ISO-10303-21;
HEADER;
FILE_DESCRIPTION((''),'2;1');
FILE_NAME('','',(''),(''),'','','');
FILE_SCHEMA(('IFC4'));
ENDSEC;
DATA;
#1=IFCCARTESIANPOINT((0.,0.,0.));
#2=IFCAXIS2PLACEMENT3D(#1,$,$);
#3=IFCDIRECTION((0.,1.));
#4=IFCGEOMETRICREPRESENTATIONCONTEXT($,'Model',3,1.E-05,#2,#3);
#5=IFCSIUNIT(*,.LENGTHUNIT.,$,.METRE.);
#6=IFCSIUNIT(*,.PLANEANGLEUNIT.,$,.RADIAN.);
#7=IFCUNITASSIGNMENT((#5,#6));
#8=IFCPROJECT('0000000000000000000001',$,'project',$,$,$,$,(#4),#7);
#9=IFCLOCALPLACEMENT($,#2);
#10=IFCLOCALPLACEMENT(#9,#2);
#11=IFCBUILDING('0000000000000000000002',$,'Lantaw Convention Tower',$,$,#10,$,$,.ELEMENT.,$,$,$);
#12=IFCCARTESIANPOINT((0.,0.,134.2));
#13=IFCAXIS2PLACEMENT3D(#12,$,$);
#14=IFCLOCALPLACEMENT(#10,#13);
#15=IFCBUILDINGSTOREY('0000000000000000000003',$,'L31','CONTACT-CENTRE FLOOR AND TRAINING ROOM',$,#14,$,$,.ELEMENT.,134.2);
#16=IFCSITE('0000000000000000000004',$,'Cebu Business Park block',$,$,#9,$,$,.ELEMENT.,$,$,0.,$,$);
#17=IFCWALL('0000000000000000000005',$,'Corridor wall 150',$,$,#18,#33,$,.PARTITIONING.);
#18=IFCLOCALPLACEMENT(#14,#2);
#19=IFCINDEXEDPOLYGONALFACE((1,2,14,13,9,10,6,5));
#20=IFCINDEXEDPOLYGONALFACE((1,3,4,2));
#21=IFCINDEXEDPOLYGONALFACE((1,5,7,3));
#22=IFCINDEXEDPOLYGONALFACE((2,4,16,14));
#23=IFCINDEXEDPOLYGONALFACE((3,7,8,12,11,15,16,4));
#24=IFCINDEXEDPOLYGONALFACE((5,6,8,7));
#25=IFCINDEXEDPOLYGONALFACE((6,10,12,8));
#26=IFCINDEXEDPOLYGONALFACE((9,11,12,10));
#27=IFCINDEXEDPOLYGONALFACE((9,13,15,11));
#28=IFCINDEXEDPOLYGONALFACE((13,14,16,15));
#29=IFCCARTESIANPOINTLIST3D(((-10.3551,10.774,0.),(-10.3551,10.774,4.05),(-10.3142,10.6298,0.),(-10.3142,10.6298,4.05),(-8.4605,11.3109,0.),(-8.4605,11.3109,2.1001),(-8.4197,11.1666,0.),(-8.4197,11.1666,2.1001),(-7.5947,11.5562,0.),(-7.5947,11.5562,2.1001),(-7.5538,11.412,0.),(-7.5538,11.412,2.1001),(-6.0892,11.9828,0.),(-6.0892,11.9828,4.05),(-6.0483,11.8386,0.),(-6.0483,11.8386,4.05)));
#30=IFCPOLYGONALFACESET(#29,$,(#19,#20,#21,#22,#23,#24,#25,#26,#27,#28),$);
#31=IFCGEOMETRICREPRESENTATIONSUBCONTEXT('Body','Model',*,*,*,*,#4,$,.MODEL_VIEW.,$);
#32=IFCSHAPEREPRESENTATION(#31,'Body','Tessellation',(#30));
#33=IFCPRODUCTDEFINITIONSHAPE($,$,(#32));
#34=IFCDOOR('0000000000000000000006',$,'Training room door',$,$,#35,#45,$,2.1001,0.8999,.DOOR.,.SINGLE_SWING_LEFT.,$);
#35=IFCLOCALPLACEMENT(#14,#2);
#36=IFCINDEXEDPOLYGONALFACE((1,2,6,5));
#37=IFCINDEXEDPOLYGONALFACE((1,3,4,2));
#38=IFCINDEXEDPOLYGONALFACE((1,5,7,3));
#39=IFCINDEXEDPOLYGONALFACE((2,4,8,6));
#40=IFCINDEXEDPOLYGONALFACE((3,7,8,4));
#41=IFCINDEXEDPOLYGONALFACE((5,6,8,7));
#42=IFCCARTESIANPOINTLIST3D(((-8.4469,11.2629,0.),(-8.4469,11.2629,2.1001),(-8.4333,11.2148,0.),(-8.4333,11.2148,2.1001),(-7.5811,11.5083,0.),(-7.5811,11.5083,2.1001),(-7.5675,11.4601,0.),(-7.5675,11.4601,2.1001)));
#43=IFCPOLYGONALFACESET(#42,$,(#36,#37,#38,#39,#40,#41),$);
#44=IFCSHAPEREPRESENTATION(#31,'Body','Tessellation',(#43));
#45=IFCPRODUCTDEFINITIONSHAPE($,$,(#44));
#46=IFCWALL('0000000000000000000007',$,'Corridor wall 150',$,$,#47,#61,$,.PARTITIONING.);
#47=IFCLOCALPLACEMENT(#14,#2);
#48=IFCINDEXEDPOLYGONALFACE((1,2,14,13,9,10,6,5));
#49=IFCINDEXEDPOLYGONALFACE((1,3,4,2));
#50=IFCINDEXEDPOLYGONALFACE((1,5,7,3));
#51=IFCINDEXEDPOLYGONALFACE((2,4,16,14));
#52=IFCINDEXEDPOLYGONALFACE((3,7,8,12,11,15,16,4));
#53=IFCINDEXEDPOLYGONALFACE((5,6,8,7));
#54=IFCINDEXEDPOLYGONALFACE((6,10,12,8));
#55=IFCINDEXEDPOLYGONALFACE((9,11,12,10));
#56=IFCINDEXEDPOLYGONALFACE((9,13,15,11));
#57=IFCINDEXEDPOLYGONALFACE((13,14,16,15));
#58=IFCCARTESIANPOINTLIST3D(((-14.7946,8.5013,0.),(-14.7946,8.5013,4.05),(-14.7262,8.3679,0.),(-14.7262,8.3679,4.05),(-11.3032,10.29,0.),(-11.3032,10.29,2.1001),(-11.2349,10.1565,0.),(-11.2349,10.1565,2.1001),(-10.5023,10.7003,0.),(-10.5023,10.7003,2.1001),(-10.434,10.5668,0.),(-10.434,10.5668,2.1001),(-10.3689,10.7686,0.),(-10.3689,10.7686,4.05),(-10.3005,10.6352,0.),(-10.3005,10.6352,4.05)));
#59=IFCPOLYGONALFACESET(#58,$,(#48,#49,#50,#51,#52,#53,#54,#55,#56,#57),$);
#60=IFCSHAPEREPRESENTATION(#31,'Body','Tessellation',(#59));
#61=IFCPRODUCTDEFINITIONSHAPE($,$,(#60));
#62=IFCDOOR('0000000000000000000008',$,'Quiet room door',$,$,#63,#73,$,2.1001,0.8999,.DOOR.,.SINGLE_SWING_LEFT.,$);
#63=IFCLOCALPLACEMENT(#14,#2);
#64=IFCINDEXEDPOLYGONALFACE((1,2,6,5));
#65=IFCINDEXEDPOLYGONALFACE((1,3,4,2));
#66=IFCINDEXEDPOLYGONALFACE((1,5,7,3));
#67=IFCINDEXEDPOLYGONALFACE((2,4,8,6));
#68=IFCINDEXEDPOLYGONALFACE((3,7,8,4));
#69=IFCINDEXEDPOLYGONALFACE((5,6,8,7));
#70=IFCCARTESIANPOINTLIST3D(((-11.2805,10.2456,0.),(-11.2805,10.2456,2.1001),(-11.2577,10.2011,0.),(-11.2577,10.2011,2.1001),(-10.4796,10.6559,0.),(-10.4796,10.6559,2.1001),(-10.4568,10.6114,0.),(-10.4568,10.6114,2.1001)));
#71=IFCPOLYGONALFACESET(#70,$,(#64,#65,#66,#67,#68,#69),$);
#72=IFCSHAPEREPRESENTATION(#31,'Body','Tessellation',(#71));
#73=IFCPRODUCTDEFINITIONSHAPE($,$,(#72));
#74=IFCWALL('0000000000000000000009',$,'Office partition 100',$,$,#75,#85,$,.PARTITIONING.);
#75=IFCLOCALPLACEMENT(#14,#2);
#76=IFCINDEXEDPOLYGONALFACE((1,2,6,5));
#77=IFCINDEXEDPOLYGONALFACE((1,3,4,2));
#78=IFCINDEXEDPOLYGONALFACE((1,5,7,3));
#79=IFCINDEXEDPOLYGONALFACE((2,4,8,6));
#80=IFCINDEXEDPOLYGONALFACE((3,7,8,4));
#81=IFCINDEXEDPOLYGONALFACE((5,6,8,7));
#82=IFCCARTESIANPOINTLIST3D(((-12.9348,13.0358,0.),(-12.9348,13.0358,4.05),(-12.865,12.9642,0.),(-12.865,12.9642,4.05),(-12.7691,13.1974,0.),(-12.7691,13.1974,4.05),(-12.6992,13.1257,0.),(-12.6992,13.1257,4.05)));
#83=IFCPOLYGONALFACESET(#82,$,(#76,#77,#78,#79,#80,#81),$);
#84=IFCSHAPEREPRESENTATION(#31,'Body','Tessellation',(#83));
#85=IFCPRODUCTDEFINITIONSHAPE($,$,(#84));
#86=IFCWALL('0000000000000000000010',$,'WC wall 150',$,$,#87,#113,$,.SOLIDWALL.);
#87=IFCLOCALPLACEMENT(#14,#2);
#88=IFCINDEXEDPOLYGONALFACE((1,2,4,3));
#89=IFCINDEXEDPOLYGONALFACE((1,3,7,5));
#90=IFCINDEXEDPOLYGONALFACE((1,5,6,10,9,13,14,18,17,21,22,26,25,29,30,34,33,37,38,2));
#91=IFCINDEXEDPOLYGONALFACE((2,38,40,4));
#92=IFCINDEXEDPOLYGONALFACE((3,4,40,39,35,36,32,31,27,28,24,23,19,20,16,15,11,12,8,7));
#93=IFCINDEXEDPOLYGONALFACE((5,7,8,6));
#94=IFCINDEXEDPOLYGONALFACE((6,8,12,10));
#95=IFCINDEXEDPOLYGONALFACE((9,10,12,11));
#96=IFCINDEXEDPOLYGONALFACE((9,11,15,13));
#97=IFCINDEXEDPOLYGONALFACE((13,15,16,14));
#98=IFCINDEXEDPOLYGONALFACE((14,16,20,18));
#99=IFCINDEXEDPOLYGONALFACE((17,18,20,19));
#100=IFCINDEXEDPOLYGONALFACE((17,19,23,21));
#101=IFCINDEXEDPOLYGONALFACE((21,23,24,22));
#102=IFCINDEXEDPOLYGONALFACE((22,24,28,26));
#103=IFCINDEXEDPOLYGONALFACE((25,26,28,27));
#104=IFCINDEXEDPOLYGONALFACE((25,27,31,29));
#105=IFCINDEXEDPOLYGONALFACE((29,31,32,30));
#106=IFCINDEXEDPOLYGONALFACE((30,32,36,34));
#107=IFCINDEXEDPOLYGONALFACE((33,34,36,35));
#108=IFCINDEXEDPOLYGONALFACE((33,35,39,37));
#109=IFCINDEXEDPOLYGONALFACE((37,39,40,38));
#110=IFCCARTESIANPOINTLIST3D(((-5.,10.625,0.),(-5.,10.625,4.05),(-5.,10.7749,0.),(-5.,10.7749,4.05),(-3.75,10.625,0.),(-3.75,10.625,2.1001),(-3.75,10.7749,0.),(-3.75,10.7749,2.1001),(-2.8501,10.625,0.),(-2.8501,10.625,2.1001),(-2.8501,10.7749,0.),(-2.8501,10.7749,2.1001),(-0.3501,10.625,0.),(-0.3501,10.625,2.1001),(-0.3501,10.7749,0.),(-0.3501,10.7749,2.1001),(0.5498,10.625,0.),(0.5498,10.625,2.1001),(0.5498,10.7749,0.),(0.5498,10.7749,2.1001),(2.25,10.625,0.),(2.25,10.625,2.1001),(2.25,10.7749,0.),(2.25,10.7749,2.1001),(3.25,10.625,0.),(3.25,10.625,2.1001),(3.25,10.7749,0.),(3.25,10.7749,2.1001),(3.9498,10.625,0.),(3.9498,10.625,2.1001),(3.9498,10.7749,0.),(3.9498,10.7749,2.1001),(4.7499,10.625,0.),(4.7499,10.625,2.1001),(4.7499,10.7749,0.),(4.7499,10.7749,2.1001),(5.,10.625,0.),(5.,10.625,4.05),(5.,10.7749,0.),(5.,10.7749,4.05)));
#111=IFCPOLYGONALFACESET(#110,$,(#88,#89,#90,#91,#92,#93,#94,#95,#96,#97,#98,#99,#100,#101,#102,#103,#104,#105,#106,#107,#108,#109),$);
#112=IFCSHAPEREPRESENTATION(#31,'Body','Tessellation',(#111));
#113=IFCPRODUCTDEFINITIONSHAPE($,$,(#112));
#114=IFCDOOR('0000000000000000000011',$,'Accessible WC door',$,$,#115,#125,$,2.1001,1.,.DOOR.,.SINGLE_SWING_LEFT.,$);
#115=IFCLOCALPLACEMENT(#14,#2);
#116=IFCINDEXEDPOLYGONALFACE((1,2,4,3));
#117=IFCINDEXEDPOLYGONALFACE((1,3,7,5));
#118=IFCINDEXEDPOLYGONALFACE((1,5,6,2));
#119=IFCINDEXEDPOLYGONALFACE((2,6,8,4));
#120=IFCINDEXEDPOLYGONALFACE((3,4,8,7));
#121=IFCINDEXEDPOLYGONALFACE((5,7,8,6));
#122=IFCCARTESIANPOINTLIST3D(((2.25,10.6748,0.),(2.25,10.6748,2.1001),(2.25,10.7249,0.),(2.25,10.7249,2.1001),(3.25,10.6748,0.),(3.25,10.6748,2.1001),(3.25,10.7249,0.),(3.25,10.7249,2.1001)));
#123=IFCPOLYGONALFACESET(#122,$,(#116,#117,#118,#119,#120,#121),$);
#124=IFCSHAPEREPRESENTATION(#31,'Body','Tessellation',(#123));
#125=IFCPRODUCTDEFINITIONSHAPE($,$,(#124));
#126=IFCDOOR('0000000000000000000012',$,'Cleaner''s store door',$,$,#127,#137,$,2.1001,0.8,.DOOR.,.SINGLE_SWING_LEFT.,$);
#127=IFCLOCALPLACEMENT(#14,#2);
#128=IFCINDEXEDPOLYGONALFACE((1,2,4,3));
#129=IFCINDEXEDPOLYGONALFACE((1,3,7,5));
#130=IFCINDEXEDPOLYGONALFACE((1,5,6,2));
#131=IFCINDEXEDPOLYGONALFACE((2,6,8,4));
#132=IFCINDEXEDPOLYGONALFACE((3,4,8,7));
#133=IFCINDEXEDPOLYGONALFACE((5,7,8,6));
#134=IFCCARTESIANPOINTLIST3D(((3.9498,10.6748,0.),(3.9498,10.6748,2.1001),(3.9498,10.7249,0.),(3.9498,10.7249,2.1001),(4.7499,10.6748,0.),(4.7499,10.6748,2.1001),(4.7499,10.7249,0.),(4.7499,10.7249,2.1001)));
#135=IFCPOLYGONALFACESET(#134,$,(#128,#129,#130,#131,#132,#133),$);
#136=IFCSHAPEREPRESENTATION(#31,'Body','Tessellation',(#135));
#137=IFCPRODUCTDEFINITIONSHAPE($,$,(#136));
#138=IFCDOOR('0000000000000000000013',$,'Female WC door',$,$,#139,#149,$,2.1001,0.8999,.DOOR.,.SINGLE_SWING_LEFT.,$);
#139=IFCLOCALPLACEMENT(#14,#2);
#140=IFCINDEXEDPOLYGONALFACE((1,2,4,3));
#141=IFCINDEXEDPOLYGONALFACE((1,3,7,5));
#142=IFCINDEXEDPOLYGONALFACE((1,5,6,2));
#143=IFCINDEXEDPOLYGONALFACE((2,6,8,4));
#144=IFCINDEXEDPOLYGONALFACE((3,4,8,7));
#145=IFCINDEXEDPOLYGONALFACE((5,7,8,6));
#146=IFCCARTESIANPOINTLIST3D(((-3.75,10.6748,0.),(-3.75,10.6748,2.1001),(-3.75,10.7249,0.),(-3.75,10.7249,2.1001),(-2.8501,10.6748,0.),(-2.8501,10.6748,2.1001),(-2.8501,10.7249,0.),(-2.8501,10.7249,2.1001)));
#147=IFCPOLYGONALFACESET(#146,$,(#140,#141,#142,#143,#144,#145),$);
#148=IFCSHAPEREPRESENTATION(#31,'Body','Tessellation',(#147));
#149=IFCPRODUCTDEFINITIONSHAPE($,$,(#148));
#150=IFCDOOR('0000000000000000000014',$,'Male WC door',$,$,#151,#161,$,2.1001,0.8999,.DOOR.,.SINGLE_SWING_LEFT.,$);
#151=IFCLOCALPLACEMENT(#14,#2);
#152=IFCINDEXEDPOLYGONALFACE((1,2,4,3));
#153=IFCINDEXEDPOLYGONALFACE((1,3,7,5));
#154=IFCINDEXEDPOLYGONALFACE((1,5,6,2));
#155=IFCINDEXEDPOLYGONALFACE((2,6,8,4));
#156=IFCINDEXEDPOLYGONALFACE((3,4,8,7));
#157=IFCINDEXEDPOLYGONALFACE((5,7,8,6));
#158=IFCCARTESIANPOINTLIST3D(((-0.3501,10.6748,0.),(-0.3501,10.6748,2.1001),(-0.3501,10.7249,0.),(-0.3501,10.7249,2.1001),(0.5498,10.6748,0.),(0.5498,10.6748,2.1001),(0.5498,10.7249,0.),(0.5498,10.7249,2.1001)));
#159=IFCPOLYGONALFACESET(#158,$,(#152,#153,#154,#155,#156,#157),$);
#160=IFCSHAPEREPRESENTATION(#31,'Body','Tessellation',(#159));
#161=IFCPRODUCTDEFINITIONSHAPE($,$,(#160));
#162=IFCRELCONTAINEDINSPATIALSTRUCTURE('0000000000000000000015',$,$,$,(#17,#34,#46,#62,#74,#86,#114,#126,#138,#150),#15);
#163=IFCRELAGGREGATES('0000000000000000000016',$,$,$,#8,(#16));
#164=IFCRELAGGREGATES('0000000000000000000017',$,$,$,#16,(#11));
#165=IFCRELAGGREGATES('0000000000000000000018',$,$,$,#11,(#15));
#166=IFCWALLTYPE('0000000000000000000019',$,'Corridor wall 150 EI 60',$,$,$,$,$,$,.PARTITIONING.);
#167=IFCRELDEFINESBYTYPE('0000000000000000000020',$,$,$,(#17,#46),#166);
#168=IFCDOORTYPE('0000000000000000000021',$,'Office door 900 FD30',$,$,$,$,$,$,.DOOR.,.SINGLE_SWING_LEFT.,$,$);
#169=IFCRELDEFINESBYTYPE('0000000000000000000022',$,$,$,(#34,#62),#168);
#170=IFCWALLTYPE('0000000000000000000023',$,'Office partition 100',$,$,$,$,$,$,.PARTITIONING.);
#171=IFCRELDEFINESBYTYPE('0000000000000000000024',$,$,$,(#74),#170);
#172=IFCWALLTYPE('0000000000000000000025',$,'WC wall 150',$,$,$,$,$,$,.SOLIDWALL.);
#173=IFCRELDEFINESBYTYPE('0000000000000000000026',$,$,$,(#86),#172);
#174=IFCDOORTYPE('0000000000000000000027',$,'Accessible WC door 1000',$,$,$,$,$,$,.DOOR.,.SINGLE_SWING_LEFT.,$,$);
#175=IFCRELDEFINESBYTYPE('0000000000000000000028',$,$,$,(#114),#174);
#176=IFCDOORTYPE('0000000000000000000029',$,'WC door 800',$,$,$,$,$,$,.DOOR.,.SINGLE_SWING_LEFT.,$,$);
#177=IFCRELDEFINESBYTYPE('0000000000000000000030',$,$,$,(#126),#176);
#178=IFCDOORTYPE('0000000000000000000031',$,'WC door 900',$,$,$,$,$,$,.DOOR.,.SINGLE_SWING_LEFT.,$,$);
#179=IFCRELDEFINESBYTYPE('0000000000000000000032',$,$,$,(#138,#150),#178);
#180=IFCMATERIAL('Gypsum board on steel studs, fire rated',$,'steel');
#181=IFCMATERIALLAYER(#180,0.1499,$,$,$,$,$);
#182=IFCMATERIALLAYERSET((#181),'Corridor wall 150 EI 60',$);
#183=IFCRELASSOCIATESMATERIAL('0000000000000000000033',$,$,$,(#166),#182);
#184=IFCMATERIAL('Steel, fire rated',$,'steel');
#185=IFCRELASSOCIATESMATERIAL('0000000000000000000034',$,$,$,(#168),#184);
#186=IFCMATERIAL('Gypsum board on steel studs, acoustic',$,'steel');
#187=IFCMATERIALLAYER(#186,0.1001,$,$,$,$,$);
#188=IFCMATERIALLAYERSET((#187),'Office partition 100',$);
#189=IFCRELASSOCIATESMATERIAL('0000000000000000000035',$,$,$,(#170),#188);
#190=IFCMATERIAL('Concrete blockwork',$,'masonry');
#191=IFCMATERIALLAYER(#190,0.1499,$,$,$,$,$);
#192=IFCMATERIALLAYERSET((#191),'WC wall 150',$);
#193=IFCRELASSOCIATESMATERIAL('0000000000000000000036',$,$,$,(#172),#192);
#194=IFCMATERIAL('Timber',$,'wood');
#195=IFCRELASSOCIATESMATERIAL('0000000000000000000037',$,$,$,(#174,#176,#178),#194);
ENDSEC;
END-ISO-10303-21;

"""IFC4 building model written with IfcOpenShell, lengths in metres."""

from ifc_helpers import new_model, si_unit, direction, frame, frame_2d, origin, place, context, subcontext, project, spatial, rectangle, extrude, material, layer, layer_set, type_object, element, fill, save


model = new_model("IFC4")

# Units and contexts
model_context = context("Model", 3, precision=1e-05, world=origin(), true_north=direction((0.0, 1.0)))
body_context = subcontext(model_context, "Body", "Model", "MODEL_VIEW")
ifc_project = project(units=[si_unit("LENGTHUNIT", "METRE"), si_unit("PLANEANGLEUNIT", "RADIAN")], contexts=[model_context])

# Site, building, storey
site_placement = place(None, origin())
site = spatial("IfcSite", under=ifc_project, at=site_placement, Name="Cebu Business Park block", CompositionType="ELEMENT", RefElevation=0.0)
building_placement = place(site_placement, origin())
building = spatial("IfcBuilding", under=site, at=building_placement, Name="Lantaw Convention Tower", CompositionType="ELEMENT")
storey_placement = place(building_placement, frame((0.0, 0.0, 134.2)))
storey = spatial("IfcBuildingStorey", under=building, at=storey_placement, Name="L31", Description="CONTACT-CENTRE FLOOR AND TRAINING ROOM", CompositionType="ELEMENT", Elevation=134.2)

# Shared definitions
ifc_material_1 = material(Name="Steel, fire rated", Category="steel")

# Shared definitions
ifc_material_2 = material(Name="Gypsum board on steel studs, fire rated", Category="steel")
ifc_layer_1 = layer(ifc_material_2, 0.1499)
ifc_layer_set_1 = layer_set([ifc_layer_1], Name="Corridor wall 150 EI 60")
wall_type_1 = type_object("IfcWallType", Name="Corridor wall 150 EI 60", PredefinedType="PARTITIONING", material=ifc_layer_set_1)

# Walls, openings, doors
wall_1_placement = place(storey_placement, frame((-6.0688, 11.9106, 0.0), z_axis=(0.0, 0.0, 1.0), x_axis=(-0.962122, -0.272619, 0.0)))
wall_1 = element("IfcWall", 1, at=wall_1_placement, inside=storey, type_object=wall_type_1, Name="Corridor wall 150", PredefinedType="PARTITIONING", context=body_context, shape_type="SweptSolid", body=[
    extrude(rectangle(XDim=4.4338, YDim=0.1499, at=frame_2d((2.2168, 0.0))), origin(), (0.0, 0.0, 1.0), 4.05),
])
opening_1_placement = place(wall_1_placement, frame((1.5647, 0.0, 0.0)))
opening_1 = element("IfcOpeningElement", 2, at=opening_1_placement, cuts=wall_1, PredefinedType="OPENING", context=body_context, shape_type="SweptSolid", body=[
    extrude(rectangle(XDim=0.8999, YDim=2.1001, at=frame_2d((0.45, 1.05))), frame((0.0, 0.085, 0.0), z_axis=(0.0, -1.0, 0.0), x_axis=(1.0, 0.0, 0.0)), (0.0, 0.0, 1.0), 0.1699),
])
door_type_1 = type_object("IfcDoorType", Name="Office door 900 FD30", OperationType="SINGLE_SWING_LEFT", PredefinedType="DOOR", material=ifc_material_1)
door_1_placement = place(opening_1_placement, origin())
door_1 = element("IfcDoor", 3, at=door_1_placement, inside=storey, type_object=door_type_1, Name="Training room door", OperationType="SINGLE_SWING_LEFT", OverallHeight=2.1001, OverallWidth=0.8999, PredefinedType="DOOR", context=body_context, shape_type="SweptSolid", body=[
    extrude(rectangle(XDim=0.8999, YDim=2.1001, at=frame_2d((0.45, 1.05))), frame((0.0, 0.0249, 0.0), z_axis=(0.0, -1.0, 0.0), x_axis=(1.0, 0.0, 0.0)), (0.0, 0.0, 1.0), 0.05),
])
fill(opening_1, door_1)
wall_2_placement = place(storey_placement, frame((-10.3347, 10.7019, 0.0), z_axis=(0.0, 0.0, 1.0), x_axis=(-0.890005, -0.455951, 0.0)))
wall_2 = element("IfcWall", 4, at=wall_2_placement, inside=storey, type_object=wall_type_1, Name="Corridor wall 150", PredefinedType="PARTITIONING", context=body_context, shape_type="SweptSolid", body=[
    extrude(rectangle(XDim=4.9727, YDim=0.1499, at=frame_2d((2.4863, 0.0))), origin(), (0.0, 0.0, 1.0), 4.05),
])
opening_2_placement = place(wall_2_placement, frame((0.1499, 0.0, 0.0)))
opening_2 = element("IfcOpeningElement", 5, at=opening_2_placement, cuts=wall_2, PredefinedType="OPENING", context=body_context, shape_type="SweptSolid", body=[
    extrude(rectangle(XDim=0.8999, YDim=2.1001, at=frame_2d((0.45, 1.05))), frame((0.0, 0.085, 0.0), z_axis=(0.0, -1.0, 0.0), x_axis=(1.0, 0.0, 0.0)), (0.0, 0.0, 1.0), 0.1699),
])
door_2_placement = place(opening_2_placement, origin())
door_2 = element("IfcDoor", 6, at=door_2_placement, inside=storey, type_object=door_type_1, Name="Quiet room door", OperationType="SINGLE_SWING_LEFT", OverallHeight=2.1001, OverallWidth=0.8999, PredefinedType="DOOR", context=body_context, shape_type="SweptSolid", body=[
    extrude(rectangle(XDim=0.8999, YDim=2.1001, at=frame_2d((0.45, 1.05))), frame((0.0, 0.0249, 0.0), z_axis=(0.0, -1.0, 0.0), x_axis=(1.0, 0.0, 0.0)), (0.0, 0.0, 1.0), 0.05),
])
fill(opening_2, door_2)

# Wall
ifc_material_3 = material(Name="Gypsum board on steel studs, acoustic", Category="steel")
ifc_layer_2 = layer(ifc_material_3, 0.1001)
ifc_layer_set_2 = layer_set([ifc_layer_2], Name="Office partition 100")
wall_type_2 = type_object("IfcWallType", Name="Office partition 100", PredefinedType="PARTITIONING", material=ifc_layer_set_2)
wall_3_placement = place(storey_placement, frame((-12.8999, 13.0, 0.0), z_axis=(0.0, 0.0, 1.0), x_axis=(0.716013, 0.698087, 0.0)))
element("IfcWall", 7, at=wall_3_placement, inside=storey, type_object=wall_type_2, Name="Office partition 100", PredefinedType="PARTITIONING", context=body_context, shape_type="SweptSolid", body=[
    extrude(rectangle(XDim=0.2314, YDim=0.1001, at=frame_2d((0.1157, 0.0))), origin(), (0.0, 0.0, 1.0), 4.05),
])

# Wall, openings, doors
ifc_material_4 = material(Name="Concrete blockwork", Category="masonry")
ifc_layer_3 = layer(ifc_material_4, 0.1499)
ifc_layer_set_3 = layer_set([ifc_layer_3], Name="WC wall 150")
wall_type_3 = type_object("IfcWallType", Name="WC wall 150", PredefinedType="SOLIDWALL", material=ifc_layer_set_3)
wall_4_placement = place(storey_placement, frame((-5.0, 10.7, 0.0), z_axis=(0.0, 0.0, 1.0), x_axis=(1.0, 0.0, 0.0)))
wall_4 = element("IfcWall", 8, at=wall_4_placement, inside=storey, type_object=wall_type_3, Name="WC wall 150", PredefinedType="SOLIDWALL", context=body_context, shape_type="SweptSolid", body=[
    extrude(rectangle(XDim=10.0, YDim=0.1499, at=frame_2d((5.0, 0.0))), origin(), (0.0, 0.0, 1.0), 4.05),
])
opening_3_placement = place(wall_4_placement, frame((1.25, 0.0, 0.0)))
opening_3 = element("IfcOpeningElement", 9, at=opening_3_placement, cuts=wall_4, PredefinedType="OPENING", context=body_context, shape_type="SweptSolid", body=[
    extrude(rectangle(XDim=0.8999, YDim=2.1001, at=frame_2d((0.45, 1.05))), frame((0.0, 0.085, 0.0), z_axis=(0.0, -1.0, 0.0), x_axis=(1.0, 0.0, 0.0)), (0.0, 0.0, 1.0), 0.1699),
])
opening_4_placement = place(wall_4_placement, frame((4.6499, 0.0, 0.0)))
opening_4 = element("IfcOpeningElement", 10, at=opening_4_placement, cuts=wall_4, PredefinedType="OPENING", context=body_context, shape_type="SweptSolid", body=[
    extrude(rectangle(XDim=0.8999, YDim=2.1001, at=frame_2d((0.45, 1.05))), frame((0.0, 0.085, 0.0), z_axis=(0.0, -1.0, 0.0), x_axis=(1.0, 0.0, 0.0)), (0.0, 0.0, 1.0), 0.1699),
])
opening_5_placement = place(wall_4_placement, frame((7.25, 0.0, 0.0)))
opening_5 = element("IfcOpeningElement", 11, at=opening_5_placement, cuts=wall_4, PredefinedType="OPENING", context=body_context, shape_type="SweptSolid", body=[
    extrude(rectangle(XDim=1.0, YDim=2.1001, at=frame_2d((0.5, 1.05))), frame((0.0, 0.085, 0.0), z_axis=(0.0, -1.0, 0.0), x_axis=(1.0, 0.0, 0.0)), (0.0, 0.0, 1.0), 0.1699),
])
opening_6_placement = place(wall_4_placement, frame((8.95, 0.0, 0.0)))
opening_6 = element("IfcOpeningElement", 12, at=opening_6_placement, cuts=wall_4, PredefinedType="OPENING", context=body_context, shape_type="SweptSolid", body=[
    extrude(rectangle(XDim=0.8, YDim=2.1001, at=frame_2d((0.3999, 1.05))), frame((0.0, 0.085, 0.0), z_axis=(0.0, -1.0, 0.0), x_axis=(1.0, 0.0, 0.0)), (0.0, 0.0, 1.0), 0.1699),
])
ifc_material_5 = material(Name="Timber", Category="wood")
door_type_2 = type_object("IfcDoorType", Name="Accessible WC door 1000", OperationType="SINGLE_SWING_LEFT", PredefinedType="DOOR", material=ifc_material_5)
door_3_placement = place(opening_5_placement, origin())
door_3 = element("IfcDoor", 13, at=door_3_placement, inside=storey, type_object=door_type_2, Name="Accessible WC door", OperationType="SINGLE_SWING_LEFT", OverallHeight=2.1001, OverallWidth=1.0, PredefinedType="DOOR", context=body_context, shape_type="SweptSolid", body=[
    extrude(rectangle(XDim=1.0, YDim=2.1001, at=frame_2d((0.5, 1.05))), frame((0.0, 0.0249, 0.0), z_axis=(0.0, -1.0, 0.0), x_axis=(1.0, 0.0, 0.0)), (0.0, 0.0, 1.0), 0.05),
])
fill(opening_5, door_3)
door_type_3 = type_object("IfcDoorType", Name="WC door 800", OperationType="SINGLE_SWING_LEFT", PredefinedType="DOOR", material=ifc_material_5)
door_4_placement = place(opening_6_placement, origin())
door_4 = element("IfcDoor", 14, at=door_4_placement, inside=storey, type_object=door_type_3, Name="Cleaner's store door", OperationType="SINGLE_SWING_LEFT", OverallHeight=2.1001, OverallWidth=0.8, PredefinedType="DOOR", context=body_context, shape_type="SweptSolid", body=[
    extrude(rectangle(XDim=0.8, YDim=2.1001, at=frame_2d((0.3999, 1.05))), frame((0.0, 0.0249, 0.0), z_axis=(0.0, -1.0, 0.0), x_axis=(1.0, 0.0, 0.0)), (0.0, 0.0, 1.0), 0.05),
])
fill(opening_6, door_4)
door_type_4 = type_object("IfcDoorType", Name="WC door 900", OperationType="SINGLE_SWING_LEFT", PredefinedType="DOOR", material=ifc_material_5)
door_5_placement = place(opening_3_placement, origin())
door_5 = element("IfcDoor", 15, at=door_5_placement, inside=storey, type_object=door_type_4, Name="Female WC door", OperationType="SINGLE_SWING_LEFT", OverallHeight=2.1001, OverallWidth=0.8999, PredefinedType="DOOR", context=body_context, shape_type="SweptSolid", body=[
    extrude(rectangle(XDim=0.8999, YDim=2.1001, at=frame_2d((0.45, 1.05))), frame((0.0, 0.0249, 0.0), z_axis=(0.0, -1.0, 0.0), x_axis=(1.0, 0.0, 0.0)), (0.0, 0.0, 1.0), 0.05),
])
fill(opening_3, door_5)
door_6_placement = place(opening_4_placement, origin())
door_6 = element("IfcDoor", 16, at=door_6_placement, inside=storey, type_object=door_type_4, Name="Male WC door", OperationType="SINGLE_SWING_LEFT", OverallHeight=2.1001, OverallWidth=0.8999, PredefinedType="DOOR", context=body_context, shape_type="SweptSolid", body=[
    extrude(rectangle(XDim=0.8999, YDim=2.1001, at=frame_2d((0.45, 1.05))), frame((0.0, 0.0249, 0.0), z_axis=(0.0, -1.0, 0.0), x_axis=(1.0, 0.0, 0.0)), (0.0, 0.0, 1.0), 0.05),
])
fill(opening_4, door_6)

save(model, "model.ifc")
